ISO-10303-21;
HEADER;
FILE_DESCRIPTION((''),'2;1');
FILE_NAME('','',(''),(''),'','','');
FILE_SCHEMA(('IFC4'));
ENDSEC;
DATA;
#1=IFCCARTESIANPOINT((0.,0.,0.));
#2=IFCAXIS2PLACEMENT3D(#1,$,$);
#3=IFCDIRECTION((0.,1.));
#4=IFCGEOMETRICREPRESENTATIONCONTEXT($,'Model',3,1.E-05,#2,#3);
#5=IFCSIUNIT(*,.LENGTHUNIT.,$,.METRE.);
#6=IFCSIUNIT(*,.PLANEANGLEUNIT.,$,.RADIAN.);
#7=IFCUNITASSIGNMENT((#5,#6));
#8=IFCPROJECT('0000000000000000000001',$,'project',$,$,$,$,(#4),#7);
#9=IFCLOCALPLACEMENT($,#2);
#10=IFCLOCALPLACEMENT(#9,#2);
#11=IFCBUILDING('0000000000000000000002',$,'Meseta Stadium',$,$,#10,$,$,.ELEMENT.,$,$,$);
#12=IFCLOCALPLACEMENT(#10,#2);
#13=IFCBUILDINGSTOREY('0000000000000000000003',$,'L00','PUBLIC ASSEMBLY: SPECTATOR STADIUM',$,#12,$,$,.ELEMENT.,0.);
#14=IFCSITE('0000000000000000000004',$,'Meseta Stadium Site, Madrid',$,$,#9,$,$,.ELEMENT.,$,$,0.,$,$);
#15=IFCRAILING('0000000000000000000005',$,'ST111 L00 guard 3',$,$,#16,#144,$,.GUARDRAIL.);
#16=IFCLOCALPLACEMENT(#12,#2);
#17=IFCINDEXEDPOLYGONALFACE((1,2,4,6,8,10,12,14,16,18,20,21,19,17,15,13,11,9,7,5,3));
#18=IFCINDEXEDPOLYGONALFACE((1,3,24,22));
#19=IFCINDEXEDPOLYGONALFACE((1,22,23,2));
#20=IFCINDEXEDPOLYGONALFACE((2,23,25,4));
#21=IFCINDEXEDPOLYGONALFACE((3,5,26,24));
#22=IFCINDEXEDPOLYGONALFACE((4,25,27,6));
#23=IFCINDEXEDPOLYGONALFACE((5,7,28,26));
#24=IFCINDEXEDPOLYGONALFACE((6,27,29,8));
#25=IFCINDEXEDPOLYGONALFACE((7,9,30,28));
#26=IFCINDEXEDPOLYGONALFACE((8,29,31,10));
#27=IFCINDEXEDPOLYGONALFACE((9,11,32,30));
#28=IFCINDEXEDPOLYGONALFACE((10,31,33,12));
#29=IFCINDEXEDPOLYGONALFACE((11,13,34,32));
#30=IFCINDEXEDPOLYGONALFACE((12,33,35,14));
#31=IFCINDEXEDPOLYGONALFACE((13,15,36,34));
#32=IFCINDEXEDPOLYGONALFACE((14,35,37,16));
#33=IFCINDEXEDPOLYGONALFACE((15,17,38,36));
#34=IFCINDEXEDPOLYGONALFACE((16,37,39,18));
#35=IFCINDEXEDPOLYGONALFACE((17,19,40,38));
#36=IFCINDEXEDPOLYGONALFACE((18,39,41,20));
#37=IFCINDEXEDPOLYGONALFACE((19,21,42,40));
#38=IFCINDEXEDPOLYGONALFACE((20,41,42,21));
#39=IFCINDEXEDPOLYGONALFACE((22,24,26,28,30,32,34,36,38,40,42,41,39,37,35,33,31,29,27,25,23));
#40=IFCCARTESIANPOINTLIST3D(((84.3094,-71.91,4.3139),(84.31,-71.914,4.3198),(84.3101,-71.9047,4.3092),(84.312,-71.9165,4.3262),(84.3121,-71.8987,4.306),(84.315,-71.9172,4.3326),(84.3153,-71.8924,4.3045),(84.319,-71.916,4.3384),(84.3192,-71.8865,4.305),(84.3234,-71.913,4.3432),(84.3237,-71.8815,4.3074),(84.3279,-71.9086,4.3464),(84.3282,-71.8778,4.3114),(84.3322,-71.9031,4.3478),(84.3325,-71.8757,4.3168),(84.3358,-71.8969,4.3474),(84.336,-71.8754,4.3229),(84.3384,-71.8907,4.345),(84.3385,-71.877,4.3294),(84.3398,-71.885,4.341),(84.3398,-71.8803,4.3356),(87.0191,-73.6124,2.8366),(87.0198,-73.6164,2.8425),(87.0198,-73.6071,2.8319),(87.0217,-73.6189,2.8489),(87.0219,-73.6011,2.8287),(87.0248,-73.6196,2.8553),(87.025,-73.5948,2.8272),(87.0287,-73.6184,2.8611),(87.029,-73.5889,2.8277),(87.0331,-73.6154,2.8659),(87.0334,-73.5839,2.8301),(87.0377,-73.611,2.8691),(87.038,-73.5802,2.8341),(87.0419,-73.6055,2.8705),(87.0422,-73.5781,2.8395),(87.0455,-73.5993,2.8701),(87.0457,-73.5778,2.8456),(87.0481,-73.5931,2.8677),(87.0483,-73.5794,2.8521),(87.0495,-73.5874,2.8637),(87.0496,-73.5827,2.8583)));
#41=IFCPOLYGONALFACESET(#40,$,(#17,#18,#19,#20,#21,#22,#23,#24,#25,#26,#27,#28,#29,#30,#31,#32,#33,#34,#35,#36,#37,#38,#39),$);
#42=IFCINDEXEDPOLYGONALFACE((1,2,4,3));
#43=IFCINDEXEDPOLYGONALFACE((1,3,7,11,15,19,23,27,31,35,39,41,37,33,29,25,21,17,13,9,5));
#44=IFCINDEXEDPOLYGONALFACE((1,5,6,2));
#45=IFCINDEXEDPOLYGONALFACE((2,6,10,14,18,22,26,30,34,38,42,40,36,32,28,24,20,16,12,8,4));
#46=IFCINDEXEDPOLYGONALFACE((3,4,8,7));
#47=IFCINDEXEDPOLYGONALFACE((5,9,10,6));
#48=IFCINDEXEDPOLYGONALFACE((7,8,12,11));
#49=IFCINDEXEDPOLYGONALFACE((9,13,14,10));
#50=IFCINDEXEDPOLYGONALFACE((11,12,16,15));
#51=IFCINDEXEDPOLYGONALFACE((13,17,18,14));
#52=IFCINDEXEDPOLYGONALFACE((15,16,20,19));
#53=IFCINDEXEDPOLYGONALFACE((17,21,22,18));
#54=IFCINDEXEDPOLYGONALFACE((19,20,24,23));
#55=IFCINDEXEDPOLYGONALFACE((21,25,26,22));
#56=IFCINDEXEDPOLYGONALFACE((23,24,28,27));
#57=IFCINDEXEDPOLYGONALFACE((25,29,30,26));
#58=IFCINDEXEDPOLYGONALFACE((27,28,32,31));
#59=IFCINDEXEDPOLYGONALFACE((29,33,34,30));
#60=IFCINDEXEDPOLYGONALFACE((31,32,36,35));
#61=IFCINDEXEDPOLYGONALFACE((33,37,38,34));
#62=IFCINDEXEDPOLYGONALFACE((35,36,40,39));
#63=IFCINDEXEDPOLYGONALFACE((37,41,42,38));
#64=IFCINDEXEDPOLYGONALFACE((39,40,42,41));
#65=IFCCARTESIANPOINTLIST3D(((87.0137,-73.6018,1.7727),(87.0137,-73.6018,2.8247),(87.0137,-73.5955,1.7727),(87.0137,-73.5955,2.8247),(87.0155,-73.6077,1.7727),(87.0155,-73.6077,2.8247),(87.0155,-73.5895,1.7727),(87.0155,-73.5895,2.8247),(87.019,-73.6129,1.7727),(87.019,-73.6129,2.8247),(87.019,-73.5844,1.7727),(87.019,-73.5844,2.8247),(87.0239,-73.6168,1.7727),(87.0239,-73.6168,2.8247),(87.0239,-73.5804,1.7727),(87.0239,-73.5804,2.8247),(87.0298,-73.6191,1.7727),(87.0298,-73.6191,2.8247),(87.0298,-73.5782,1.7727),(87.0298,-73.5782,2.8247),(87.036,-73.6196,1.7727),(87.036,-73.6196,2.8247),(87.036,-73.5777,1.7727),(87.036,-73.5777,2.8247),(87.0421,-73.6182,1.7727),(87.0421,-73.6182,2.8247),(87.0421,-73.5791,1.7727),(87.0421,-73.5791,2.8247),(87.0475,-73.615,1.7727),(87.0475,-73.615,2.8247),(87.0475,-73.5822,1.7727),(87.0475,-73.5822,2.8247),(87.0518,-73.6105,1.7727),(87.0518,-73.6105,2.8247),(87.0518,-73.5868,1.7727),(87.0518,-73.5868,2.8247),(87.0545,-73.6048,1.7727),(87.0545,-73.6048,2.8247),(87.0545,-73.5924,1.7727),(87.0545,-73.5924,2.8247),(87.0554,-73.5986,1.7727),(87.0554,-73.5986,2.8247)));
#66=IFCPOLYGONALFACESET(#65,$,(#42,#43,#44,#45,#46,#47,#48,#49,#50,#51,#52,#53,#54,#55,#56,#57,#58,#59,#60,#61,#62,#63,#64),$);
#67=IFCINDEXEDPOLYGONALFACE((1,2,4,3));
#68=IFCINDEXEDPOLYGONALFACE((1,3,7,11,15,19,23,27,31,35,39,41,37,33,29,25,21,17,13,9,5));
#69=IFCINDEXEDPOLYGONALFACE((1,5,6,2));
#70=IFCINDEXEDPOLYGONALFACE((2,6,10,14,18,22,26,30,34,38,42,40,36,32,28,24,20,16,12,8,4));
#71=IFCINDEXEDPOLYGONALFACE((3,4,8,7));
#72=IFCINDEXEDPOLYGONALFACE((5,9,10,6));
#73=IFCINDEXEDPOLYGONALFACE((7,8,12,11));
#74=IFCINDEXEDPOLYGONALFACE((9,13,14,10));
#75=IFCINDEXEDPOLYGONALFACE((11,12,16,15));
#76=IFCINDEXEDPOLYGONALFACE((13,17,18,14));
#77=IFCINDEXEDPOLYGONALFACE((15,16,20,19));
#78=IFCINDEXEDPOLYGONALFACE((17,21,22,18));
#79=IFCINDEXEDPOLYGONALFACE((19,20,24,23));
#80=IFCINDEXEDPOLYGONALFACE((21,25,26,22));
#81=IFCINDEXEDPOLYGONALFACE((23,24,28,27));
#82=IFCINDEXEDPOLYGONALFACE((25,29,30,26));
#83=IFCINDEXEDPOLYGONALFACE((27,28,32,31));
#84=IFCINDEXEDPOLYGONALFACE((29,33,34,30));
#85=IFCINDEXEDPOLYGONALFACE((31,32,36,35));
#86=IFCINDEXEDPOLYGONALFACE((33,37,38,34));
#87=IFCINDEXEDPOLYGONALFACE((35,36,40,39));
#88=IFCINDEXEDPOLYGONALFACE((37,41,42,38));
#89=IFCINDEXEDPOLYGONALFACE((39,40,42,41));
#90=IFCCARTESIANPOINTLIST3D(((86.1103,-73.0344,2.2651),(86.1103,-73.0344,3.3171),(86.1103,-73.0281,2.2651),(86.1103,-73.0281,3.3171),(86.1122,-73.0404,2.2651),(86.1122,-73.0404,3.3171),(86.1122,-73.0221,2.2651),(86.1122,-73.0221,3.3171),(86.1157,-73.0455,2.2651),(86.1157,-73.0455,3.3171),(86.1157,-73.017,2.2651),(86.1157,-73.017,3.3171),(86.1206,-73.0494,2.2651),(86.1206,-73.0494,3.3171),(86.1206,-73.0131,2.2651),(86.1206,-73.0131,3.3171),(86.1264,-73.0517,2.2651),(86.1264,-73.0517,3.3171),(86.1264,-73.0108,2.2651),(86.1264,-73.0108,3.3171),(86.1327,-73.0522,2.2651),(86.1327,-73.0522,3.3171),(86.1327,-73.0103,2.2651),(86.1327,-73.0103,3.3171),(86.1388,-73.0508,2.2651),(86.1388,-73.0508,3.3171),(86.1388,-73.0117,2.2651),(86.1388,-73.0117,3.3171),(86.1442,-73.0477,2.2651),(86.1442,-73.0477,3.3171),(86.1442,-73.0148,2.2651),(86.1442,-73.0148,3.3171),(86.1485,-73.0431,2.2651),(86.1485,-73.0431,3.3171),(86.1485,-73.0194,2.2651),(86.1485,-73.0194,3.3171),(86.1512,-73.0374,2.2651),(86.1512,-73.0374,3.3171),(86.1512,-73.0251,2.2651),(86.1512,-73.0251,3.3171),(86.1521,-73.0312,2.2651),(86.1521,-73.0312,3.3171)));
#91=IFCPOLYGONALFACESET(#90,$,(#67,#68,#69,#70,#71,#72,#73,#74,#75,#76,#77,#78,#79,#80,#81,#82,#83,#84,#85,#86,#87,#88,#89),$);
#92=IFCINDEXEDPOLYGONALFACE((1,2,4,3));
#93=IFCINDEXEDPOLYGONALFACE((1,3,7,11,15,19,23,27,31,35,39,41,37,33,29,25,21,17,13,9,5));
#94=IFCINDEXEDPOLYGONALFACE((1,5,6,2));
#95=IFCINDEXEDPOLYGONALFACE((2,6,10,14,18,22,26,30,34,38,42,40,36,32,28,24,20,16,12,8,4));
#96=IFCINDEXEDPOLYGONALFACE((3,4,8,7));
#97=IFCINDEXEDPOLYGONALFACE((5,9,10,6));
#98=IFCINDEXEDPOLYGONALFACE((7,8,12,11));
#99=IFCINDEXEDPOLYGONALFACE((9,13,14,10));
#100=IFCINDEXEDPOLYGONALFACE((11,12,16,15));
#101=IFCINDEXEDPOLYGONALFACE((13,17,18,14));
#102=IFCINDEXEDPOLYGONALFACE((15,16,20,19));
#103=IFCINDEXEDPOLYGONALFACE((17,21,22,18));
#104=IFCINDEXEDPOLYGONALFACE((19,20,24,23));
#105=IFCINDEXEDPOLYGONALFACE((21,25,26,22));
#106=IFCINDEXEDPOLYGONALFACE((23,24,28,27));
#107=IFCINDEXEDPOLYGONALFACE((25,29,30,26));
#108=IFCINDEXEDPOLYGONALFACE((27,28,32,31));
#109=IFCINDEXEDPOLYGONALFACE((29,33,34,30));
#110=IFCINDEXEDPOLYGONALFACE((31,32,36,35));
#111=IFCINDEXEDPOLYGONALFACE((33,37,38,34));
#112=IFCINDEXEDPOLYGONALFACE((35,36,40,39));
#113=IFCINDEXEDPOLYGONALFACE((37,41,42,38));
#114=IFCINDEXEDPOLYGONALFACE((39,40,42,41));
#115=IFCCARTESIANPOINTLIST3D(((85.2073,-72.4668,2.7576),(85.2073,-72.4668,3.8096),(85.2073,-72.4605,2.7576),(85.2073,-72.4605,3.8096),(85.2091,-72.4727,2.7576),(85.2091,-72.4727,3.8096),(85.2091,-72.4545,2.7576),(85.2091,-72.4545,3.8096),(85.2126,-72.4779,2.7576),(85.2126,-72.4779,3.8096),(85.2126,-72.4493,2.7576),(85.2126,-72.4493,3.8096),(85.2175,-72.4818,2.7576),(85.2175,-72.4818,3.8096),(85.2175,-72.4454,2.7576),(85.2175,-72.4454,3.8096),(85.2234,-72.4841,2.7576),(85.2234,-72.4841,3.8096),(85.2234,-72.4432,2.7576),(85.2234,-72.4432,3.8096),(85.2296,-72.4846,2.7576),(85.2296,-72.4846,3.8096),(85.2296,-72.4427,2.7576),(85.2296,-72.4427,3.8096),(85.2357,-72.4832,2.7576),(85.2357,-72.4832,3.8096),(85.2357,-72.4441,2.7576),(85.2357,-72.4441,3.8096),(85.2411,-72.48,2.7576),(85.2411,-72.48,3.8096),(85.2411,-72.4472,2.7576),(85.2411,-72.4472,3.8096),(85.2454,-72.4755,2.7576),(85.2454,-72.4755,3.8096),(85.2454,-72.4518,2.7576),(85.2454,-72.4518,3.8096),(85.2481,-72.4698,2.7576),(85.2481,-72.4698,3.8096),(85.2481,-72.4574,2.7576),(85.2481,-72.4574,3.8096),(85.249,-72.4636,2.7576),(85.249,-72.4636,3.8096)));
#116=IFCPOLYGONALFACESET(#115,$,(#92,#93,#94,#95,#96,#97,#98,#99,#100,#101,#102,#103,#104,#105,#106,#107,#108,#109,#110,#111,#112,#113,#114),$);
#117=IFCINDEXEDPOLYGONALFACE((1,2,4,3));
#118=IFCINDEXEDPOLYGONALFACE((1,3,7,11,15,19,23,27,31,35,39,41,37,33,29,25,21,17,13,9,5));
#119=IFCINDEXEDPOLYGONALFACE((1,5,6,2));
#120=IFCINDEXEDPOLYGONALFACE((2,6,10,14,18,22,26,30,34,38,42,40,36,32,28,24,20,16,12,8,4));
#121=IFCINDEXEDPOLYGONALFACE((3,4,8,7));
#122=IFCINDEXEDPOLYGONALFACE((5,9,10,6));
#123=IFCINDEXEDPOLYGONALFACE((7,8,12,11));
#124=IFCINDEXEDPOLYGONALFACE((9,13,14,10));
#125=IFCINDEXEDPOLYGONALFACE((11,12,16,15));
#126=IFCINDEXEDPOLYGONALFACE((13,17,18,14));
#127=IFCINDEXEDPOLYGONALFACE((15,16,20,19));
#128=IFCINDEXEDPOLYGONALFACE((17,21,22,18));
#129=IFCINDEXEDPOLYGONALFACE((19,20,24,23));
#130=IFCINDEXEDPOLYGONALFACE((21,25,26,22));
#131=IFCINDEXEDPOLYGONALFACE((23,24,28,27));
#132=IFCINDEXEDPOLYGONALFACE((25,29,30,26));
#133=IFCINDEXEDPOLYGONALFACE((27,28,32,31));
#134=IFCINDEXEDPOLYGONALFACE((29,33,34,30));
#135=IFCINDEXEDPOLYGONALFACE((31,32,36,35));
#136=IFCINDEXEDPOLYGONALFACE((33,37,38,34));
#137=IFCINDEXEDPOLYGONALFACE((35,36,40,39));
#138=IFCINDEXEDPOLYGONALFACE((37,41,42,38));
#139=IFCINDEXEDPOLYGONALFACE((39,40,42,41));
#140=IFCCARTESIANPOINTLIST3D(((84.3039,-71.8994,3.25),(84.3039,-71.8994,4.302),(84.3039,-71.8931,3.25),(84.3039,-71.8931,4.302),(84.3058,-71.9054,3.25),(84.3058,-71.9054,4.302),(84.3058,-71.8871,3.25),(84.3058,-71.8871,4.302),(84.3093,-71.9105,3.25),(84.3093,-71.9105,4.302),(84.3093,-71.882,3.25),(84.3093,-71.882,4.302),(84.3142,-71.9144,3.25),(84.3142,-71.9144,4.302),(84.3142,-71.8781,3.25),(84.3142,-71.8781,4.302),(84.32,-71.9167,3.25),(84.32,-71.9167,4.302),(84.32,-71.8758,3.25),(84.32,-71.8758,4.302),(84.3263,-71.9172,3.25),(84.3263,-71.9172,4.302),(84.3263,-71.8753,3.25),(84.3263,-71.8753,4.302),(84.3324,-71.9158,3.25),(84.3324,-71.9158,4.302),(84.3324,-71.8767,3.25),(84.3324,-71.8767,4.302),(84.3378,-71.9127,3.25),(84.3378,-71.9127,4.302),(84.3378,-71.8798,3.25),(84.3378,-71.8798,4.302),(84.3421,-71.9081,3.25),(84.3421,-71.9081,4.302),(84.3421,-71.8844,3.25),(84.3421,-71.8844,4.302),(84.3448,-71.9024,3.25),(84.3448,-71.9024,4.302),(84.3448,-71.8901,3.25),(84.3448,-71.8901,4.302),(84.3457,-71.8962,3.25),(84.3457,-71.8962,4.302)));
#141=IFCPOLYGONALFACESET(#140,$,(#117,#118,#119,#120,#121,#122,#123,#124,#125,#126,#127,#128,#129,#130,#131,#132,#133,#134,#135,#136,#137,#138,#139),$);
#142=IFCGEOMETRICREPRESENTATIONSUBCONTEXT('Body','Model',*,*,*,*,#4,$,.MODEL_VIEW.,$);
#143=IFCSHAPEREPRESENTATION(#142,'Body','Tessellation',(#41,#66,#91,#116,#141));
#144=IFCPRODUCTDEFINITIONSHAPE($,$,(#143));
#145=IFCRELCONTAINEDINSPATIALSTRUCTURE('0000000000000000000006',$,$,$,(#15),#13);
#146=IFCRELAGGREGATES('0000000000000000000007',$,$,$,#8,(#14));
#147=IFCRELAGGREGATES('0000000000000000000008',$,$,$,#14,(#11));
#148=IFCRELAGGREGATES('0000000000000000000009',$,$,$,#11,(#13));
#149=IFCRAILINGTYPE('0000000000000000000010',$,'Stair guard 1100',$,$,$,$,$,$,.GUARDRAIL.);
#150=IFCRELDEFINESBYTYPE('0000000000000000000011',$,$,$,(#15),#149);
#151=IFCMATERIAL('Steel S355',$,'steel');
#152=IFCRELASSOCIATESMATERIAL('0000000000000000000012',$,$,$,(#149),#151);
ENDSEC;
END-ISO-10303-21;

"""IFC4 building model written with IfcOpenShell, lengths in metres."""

from ifc_helpers import new_model, si_unit, direction, frame, origin, origin_2d, place, context, subcontext, project, spatial, circle, extrude, material, type_object, element, save


model = new_model("IFC4")

# Units and contexts
model_context = context("Model", 3, precision=1e-05, world=origin(), true_north=direction((0.0, 1.0)))
body_context = subcontext(model_context, "Body", "Model", "MODEL_VIEW")
ifc_project = project(units=[si_unit("LENGTHUNIT", "METRE"), si_unit("PLANEANGLEUNIT", "RADIAN")], contexts=[model_context])

# Site, building, storey
site_placement = place(None, origin())
site = spatial("IfcSite", under=ifc_project, at=site_placement, Name="Meseta Stadium Site, Madrid", CompositionType="ELEMENT", RefElevation=0.0)
building_placement = place(site_placement, origin())
building = spatial("IfcBuilding", under=site, at=building_placement, Name="Meseta Stadium", CompositionType="ELEMENT")
storey_placement = place(building_placement, origin())
storey = spatial("IfcBuildingStorey", under=building, at=storey_placement, Name="L00", Description="PUBLIC ASSEMBLY: SPECTATOR STADIUM", CompositionType="ELEMENT", Elevation=0.0)

# Railing
ifc_material_1 = material(Name="Steel S355", Category="steel")
railing_type_1 = type_object("IfcRailingType", Name="Stair guard 1100", PredefinedType="GUARDRAIL", material=ifc_material_1)
railing_1_placement = place(storey_placement, frame((87.0344, -73.5986, 1.7727)))
element("IfcRailing", 1, at=railing_1_placement, inside=storey, type_object=railing_type_1, Name="ST111 L00 guard 3", PredefinedType="GUARDRAIL", context=body_context, shape_type="SweptSolid", body=[
    extrude(circle(Radius=0.0239, at=origin_2d()), frame((0.0, 0.0, 1.0762), z_axis=(-0.768792, 0.482997, 0.419133), x_axis=(-0.531979, -0.846757, 0.0)), (0.0, 0.0, 1.0), 3.5247),
    extrude(circle(Radius=0.021, at=origin_2d()), origin(), (0.0, 0.0, 1.0), 1.052),
    extrude(circle(Radius=0.021, at=origin_2d()), frame((-0.9033, 0.5674, 0.4924)), (0.0, 0.0, 1.0), 1.052),
    extrude(circle(Radius=0.021, at=origin_2d()), frame((-1.8064, 1.135, 0.9849)), (0.0, 0.0, 1.0), 1.052),
    extrude(circle(Radius=0.021, at=origin_2d()), frame((-2.7097, 1.7024, 1.4773)), (0.0, 0.0, 1.0), 1.052),
])

save(model, "model.ifc")
